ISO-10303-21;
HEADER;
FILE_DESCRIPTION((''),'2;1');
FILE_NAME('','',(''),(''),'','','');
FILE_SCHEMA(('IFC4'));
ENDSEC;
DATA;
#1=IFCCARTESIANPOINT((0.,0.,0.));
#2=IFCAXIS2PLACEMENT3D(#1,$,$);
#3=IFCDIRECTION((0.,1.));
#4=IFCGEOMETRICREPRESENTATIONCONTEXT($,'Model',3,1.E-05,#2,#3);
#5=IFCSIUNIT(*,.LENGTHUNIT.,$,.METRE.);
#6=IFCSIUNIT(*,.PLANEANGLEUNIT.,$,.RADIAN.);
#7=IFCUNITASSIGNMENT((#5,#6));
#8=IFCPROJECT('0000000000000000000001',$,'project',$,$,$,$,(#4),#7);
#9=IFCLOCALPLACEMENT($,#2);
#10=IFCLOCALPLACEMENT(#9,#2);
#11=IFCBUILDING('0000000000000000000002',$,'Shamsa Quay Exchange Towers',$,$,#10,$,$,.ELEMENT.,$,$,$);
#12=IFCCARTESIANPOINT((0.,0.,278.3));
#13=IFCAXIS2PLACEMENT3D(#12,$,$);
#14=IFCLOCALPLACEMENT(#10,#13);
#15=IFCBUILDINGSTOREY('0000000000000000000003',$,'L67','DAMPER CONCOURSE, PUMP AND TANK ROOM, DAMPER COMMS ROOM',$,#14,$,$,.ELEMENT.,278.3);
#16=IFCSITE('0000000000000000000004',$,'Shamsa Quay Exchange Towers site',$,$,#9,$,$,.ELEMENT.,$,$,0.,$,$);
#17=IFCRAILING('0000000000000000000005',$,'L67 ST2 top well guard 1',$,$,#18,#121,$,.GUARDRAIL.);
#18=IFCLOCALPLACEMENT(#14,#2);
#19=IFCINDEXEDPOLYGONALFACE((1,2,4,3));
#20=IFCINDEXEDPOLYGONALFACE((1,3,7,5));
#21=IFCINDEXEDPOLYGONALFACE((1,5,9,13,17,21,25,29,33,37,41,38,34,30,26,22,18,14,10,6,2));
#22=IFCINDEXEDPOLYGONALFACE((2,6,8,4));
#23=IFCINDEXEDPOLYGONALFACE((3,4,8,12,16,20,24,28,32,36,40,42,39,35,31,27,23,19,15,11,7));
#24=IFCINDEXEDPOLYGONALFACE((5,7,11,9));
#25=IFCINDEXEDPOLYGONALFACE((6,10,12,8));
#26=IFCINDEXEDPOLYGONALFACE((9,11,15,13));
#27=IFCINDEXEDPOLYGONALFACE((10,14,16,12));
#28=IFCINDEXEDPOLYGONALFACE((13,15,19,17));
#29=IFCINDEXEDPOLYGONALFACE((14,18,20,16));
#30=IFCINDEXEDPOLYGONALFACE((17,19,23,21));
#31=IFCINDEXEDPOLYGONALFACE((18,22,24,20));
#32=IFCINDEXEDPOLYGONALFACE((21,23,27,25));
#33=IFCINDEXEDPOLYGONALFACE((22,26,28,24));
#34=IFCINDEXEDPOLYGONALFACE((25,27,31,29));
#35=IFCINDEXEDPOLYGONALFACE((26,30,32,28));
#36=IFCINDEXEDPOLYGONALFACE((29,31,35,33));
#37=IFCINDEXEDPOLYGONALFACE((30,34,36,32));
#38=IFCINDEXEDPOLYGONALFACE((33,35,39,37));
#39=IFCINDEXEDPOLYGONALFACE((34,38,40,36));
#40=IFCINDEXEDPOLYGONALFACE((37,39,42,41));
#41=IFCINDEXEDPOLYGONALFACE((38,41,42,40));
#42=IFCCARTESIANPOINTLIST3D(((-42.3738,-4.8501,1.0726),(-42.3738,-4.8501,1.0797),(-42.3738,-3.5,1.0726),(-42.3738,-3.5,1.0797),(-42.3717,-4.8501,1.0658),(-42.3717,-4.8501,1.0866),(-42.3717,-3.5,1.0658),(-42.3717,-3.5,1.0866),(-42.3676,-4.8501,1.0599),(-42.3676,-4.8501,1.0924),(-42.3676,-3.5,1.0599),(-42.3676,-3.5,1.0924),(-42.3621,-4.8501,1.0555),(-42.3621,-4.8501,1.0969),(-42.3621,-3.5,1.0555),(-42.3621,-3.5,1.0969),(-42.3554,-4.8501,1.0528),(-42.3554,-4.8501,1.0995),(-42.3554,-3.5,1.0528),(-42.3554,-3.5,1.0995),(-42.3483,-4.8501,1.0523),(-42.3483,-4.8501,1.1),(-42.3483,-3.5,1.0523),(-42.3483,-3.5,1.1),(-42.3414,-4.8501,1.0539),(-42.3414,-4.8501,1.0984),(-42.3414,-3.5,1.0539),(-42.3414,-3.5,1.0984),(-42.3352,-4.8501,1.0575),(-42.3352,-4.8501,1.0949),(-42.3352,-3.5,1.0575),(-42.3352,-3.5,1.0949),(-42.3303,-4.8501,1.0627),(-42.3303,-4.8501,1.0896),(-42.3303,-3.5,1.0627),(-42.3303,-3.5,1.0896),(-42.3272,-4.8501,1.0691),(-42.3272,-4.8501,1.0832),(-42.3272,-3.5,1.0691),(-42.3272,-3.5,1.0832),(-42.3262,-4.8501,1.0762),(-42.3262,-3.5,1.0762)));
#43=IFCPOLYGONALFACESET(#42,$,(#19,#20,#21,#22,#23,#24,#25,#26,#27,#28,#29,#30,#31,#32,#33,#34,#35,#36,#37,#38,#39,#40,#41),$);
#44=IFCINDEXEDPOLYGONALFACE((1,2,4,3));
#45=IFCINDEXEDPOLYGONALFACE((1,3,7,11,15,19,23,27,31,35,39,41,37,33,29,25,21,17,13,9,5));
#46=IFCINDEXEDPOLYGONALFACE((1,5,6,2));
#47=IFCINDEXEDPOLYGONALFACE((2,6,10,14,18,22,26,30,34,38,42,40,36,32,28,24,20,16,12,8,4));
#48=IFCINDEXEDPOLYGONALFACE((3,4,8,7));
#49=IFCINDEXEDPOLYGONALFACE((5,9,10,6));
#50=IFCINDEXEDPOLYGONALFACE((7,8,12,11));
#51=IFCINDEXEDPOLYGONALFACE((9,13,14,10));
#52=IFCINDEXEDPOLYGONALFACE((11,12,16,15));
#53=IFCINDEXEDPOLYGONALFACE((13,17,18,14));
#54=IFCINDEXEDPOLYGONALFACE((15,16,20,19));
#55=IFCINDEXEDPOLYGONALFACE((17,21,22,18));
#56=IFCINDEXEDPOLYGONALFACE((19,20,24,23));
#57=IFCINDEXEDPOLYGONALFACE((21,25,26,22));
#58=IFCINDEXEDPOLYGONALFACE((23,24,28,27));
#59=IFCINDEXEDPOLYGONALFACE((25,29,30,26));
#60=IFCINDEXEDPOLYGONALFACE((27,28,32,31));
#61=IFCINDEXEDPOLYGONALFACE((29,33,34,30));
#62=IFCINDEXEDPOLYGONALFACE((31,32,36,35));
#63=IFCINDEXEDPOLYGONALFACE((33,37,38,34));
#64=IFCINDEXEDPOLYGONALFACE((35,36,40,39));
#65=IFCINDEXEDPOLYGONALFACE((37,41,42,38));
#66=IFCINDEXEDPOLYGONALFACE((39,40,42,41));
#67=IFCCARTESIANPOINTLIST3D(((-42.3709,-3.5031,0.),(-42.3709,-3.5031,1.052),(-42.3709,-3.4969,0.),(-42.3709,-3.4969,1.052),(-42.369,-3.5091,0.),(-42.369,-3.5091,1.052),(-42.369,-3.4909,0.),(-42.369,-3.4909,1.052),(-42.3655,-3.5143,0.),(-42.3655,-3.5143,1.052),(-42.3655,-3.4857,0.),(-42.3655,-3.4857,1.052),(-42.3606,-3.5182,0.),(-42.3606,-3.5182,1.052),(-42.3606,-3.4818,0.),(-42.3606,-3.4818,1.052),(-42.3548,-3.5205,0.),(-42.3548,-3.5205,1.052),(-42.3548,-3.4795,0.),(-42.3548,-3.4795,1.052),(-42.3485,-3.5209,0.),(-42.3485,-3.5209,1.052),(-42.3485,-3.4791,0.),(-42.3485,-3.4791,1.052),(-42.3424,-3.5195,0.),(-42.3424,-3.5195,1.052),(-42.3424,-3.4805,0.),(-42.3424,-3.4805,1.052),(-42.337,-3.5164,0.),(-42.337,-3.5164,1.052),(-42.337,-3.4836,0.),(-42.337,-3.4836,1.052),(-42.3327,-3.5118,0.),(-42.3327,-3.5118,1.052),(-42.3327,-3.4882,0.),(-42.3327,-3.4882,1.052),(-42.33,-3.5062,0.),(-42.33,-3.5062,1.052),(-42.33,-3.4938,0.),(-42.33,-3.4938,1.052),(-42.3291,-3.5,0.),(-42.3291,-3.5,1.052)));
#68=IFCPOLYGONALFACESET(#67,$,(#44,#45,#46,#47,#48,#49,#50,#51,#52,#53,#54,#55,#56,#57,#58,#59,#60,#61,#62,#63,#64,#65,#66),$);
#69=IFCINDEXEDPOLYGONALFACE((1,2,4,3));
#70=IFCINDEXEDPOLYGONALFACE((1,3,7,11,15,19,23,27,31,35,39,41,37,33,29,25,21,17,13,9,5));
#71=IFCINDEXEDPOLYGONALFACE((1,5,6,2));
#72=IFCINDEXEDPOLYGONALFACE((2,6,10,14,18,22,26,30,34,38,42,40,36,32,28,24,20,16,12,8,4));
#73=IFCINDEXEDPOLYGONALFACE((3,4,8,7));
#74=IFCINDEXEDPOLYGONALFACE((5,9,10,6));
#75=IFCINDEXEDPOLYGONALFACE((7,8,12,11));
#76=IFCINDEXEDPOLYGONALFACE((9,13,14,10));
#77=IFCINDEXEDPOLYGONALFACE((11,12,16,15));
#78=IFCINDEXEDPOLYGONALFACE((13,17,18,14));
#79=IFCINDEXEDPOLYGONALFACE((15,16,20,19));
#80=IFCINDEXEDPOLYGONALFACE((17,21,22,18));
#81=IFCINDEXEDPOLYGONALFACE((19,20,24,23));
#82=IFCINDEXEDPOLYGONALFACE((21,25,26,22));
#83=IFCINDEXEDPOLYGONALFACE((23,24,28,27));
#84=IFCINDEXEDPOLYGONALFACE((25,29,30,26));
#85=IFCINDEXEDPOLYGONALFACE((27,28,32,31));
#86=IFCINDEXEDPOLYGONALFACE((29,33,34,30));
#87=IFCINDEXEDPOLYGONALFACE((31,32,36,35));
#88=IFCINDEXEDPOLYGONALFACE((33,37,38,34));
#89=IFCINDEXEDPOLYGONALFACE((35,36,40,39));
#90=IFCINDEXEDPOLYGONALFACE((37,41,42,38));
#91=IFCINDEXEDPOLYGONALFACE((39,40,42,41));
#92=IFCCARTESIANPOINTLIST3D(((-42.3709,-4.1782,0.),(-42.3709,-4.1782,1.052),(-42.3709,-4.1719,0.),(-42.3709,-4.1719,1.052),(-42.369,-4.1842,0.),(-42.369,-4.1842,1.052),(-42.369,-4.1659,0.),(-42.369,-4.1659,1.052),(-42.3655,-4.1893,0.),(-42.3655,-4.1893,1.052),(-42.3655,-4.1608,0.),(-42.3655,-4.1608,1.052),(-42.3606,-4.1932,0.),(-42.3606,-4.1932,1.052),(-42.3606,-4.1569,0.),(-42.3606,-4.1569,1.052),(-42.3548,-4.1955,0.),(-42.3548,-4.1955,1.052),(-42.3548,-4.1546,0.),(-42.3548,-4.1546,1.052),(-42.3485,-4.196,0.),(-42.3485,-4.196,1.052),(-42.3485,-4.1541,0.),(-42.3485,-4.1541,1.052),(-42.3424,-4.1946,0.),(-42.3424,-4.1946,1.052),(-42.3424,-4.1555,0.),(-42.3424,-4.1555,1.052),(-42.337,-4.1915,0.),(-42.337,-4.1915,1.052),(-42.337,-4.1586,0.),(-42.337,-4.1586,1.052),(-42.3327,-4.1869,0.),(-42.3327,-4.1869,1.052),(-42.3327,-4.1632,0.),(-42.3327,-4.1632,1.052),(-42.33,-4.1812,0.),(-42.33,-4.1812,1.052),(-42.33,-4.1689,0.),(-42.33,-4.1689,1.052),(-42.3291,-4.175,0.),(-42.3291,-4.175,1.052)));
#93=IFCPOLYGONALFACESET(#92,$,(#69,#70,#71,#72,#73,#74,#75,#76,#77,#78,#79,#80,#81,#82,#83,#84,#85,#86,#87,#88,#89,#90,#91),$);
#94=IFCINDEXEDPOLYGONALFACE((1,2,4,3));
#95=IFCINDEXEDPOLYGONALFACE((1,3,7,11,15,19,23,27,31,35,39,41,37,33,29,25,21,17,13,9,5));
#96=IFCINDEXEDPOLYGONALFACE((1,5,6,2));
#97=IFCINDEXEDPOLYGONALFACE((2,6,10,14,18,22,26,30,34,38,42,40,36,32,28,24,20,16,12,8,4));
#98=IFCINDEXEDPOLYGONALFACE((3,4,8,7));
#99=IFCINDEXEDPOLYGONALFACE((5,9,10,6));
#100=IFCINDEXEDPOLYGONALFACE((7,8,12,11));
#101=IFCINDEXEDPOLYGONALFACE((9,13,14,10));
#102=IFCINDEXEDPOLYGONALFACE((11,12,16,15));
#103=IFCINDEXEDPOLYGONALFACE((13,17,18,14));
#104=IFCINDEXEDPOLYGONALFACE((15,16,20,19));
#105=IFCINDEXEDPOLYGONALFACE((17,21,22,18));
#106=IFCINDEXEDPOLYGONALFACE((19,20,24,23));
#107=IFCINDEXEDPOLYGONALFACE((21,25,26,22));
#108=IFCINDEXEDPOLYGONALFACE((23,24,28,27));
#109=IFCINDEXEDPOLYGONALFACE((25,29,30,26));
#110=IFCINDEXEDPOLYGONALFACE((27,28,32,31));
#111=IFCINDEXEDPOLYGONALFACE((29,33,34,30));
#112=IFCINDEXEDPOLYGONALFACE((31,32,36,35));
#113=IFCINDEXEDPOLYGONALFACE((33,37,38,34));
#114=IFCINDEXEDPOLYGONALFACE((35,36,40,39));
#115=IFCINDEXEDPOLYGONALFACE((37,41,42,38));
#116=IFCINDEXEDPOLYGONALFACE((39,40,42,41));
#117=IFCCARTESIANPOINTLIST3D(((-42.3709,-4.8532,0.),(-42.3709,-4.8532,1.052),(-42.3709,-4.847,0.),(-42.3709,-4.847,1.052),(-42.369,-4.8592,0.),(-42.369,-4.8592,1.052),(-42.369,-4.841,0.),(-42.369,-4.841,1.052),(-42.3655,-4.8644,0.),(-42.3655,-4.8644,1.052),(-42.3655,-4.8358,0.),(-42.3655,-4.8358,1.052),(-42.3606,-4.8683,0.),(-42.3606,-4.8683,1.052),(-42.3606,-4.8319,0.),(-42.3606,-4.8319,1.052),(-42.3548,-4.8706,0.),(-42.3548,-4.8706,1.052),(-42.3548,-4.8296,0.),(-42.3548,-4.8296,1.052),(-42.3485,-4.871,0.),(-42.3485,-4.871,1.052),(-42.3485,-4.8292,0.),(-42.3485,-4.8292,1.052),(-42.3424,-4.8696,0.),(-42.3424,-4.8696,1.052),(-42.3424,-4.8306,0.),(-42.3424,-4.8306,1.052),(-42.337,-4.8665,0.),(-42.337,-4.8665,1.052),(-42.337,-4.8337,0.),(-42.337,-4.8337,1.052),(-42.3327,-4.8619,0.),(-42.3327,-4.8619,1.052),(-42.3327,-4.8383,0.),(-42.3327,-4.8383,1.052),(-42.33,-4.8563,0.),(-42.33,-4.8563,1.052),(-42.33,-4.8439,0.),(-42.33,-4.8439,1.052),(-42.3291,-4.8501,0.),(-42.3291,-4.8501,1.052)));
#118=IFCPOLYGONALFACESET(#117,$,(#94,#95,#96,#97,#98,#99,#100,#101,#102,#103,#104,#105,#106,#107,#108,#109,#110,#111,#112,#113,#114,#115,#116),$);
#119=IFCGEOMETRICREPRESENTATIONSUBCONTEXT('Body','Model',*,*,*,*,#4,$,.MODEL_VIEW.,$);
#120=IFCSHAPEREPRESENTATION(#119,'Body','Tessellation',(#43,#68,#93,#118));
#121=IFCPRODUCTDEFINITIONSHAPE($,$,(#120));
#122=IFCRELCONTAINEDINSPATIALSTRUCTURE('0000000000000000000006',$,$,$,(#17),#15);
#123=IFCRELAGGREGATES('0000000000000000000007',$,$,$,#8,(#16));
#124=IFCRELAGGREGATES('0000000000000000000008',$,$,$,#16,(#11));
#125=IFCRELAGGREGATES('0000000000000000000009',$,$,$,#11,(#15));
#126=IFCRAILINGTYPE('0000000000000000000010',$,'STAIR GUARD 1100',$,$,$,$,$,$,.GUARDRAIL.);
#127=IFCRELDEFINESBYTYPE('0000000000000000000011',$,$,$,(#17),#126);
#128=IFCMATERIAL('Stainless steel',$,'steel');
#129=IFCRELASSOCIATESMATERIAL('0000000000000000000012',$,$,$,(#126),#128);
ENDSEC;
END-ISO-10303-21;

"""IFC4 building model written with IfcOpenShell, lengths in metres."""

from ifc_helpers import new_model, si_unit, direction, frame, origin, origin_2d, place, context, subcontext, project, spatial, circle, extrude, material, type_object, element, save


model = new_model("IFC4")

# Units and contexts
model_context = context("Model", 3, precision=1e-05, world=origin(), true_north=direction((0.0, 1.0)))
body_context = subcontext(model_context, "Body", "Model", "MODEL_VIEW")
ifc_project = project(units=[si_unit("LENGTHUNIT", "METRE"), si_unit("PLANEANGLEUNIT", "RADIAN")], contexts=[model_context])

# Site, building, storey
site_placement = place(None, origin())
site = spatial("IfcSite", under=ifc_project, at=site_placement, Name="Shamsa Quay Exchange Towers site", CompositionType="ELEMENT", RefElevation=0.0)
building_placement = place(site_placement, origin())
building = spatial("IfcBuilding", under=site, at=building_placement, Name="Shamsa Quay Exchange Towers", CompositionType="ELEMENT")
storey_placement = place(building_placement, frame((0.0, 0.0, 278.3)))
storey = spatial("IfcBuildingStorey", under=building, at=storey_placement, Name="L67", Description="DAMPER CONCOURSE, PUMP AND TANK ROOM, DAMPER COMMS ROOM", CompositionType="ELEMENT", Elevation=278.3)

# Railing
ifc_material_1 = material(Name="Stainless steel", Category="steel")
railing_type = type_object("IfcRailingType", Name="STAIR GUARD 1100", PredefinedType="GUARDRAIL", material=ifc_material_1)
railing_placement = place(storey_placement, frame((-42.3501, -3.5, 0.0)))
element("IfcRailing", 1, at=railing_placement, inside=storey, type_object=railing_type, Name="L67 ST2 top well guard 1", PredefinedType="GUARDRAIL", context=body_context, shape_type="SweptSolid", body=[
    extrude(circle(Radius=0.0239, at=origin_2d()), frame((0.0, 0.0, 1.0762), z_axis=(0.0, -1.0, 0.0), x_axis=(1.0, 0.0, 0.0)), (0.0, 0.0, 1.0), 1.3501),
    extrude(circle(Radius=0.021, at=origin_2d()), origin(), (0.0, 0.0, 1.0), 1.052),
    extrude(circle(Radius=0.021, at=origin_2d()), frame((0.0, -0.675, 0.0)), (0.0, 0.0, 1.0), 1.052),
    extrude(circle(Radius=0.021, at=origin_2d()), frame((0.0, -1.3501, 0.0)), (0.0, 0.0, 1.0), 1.052),
])

save(model, "model.ifc")
